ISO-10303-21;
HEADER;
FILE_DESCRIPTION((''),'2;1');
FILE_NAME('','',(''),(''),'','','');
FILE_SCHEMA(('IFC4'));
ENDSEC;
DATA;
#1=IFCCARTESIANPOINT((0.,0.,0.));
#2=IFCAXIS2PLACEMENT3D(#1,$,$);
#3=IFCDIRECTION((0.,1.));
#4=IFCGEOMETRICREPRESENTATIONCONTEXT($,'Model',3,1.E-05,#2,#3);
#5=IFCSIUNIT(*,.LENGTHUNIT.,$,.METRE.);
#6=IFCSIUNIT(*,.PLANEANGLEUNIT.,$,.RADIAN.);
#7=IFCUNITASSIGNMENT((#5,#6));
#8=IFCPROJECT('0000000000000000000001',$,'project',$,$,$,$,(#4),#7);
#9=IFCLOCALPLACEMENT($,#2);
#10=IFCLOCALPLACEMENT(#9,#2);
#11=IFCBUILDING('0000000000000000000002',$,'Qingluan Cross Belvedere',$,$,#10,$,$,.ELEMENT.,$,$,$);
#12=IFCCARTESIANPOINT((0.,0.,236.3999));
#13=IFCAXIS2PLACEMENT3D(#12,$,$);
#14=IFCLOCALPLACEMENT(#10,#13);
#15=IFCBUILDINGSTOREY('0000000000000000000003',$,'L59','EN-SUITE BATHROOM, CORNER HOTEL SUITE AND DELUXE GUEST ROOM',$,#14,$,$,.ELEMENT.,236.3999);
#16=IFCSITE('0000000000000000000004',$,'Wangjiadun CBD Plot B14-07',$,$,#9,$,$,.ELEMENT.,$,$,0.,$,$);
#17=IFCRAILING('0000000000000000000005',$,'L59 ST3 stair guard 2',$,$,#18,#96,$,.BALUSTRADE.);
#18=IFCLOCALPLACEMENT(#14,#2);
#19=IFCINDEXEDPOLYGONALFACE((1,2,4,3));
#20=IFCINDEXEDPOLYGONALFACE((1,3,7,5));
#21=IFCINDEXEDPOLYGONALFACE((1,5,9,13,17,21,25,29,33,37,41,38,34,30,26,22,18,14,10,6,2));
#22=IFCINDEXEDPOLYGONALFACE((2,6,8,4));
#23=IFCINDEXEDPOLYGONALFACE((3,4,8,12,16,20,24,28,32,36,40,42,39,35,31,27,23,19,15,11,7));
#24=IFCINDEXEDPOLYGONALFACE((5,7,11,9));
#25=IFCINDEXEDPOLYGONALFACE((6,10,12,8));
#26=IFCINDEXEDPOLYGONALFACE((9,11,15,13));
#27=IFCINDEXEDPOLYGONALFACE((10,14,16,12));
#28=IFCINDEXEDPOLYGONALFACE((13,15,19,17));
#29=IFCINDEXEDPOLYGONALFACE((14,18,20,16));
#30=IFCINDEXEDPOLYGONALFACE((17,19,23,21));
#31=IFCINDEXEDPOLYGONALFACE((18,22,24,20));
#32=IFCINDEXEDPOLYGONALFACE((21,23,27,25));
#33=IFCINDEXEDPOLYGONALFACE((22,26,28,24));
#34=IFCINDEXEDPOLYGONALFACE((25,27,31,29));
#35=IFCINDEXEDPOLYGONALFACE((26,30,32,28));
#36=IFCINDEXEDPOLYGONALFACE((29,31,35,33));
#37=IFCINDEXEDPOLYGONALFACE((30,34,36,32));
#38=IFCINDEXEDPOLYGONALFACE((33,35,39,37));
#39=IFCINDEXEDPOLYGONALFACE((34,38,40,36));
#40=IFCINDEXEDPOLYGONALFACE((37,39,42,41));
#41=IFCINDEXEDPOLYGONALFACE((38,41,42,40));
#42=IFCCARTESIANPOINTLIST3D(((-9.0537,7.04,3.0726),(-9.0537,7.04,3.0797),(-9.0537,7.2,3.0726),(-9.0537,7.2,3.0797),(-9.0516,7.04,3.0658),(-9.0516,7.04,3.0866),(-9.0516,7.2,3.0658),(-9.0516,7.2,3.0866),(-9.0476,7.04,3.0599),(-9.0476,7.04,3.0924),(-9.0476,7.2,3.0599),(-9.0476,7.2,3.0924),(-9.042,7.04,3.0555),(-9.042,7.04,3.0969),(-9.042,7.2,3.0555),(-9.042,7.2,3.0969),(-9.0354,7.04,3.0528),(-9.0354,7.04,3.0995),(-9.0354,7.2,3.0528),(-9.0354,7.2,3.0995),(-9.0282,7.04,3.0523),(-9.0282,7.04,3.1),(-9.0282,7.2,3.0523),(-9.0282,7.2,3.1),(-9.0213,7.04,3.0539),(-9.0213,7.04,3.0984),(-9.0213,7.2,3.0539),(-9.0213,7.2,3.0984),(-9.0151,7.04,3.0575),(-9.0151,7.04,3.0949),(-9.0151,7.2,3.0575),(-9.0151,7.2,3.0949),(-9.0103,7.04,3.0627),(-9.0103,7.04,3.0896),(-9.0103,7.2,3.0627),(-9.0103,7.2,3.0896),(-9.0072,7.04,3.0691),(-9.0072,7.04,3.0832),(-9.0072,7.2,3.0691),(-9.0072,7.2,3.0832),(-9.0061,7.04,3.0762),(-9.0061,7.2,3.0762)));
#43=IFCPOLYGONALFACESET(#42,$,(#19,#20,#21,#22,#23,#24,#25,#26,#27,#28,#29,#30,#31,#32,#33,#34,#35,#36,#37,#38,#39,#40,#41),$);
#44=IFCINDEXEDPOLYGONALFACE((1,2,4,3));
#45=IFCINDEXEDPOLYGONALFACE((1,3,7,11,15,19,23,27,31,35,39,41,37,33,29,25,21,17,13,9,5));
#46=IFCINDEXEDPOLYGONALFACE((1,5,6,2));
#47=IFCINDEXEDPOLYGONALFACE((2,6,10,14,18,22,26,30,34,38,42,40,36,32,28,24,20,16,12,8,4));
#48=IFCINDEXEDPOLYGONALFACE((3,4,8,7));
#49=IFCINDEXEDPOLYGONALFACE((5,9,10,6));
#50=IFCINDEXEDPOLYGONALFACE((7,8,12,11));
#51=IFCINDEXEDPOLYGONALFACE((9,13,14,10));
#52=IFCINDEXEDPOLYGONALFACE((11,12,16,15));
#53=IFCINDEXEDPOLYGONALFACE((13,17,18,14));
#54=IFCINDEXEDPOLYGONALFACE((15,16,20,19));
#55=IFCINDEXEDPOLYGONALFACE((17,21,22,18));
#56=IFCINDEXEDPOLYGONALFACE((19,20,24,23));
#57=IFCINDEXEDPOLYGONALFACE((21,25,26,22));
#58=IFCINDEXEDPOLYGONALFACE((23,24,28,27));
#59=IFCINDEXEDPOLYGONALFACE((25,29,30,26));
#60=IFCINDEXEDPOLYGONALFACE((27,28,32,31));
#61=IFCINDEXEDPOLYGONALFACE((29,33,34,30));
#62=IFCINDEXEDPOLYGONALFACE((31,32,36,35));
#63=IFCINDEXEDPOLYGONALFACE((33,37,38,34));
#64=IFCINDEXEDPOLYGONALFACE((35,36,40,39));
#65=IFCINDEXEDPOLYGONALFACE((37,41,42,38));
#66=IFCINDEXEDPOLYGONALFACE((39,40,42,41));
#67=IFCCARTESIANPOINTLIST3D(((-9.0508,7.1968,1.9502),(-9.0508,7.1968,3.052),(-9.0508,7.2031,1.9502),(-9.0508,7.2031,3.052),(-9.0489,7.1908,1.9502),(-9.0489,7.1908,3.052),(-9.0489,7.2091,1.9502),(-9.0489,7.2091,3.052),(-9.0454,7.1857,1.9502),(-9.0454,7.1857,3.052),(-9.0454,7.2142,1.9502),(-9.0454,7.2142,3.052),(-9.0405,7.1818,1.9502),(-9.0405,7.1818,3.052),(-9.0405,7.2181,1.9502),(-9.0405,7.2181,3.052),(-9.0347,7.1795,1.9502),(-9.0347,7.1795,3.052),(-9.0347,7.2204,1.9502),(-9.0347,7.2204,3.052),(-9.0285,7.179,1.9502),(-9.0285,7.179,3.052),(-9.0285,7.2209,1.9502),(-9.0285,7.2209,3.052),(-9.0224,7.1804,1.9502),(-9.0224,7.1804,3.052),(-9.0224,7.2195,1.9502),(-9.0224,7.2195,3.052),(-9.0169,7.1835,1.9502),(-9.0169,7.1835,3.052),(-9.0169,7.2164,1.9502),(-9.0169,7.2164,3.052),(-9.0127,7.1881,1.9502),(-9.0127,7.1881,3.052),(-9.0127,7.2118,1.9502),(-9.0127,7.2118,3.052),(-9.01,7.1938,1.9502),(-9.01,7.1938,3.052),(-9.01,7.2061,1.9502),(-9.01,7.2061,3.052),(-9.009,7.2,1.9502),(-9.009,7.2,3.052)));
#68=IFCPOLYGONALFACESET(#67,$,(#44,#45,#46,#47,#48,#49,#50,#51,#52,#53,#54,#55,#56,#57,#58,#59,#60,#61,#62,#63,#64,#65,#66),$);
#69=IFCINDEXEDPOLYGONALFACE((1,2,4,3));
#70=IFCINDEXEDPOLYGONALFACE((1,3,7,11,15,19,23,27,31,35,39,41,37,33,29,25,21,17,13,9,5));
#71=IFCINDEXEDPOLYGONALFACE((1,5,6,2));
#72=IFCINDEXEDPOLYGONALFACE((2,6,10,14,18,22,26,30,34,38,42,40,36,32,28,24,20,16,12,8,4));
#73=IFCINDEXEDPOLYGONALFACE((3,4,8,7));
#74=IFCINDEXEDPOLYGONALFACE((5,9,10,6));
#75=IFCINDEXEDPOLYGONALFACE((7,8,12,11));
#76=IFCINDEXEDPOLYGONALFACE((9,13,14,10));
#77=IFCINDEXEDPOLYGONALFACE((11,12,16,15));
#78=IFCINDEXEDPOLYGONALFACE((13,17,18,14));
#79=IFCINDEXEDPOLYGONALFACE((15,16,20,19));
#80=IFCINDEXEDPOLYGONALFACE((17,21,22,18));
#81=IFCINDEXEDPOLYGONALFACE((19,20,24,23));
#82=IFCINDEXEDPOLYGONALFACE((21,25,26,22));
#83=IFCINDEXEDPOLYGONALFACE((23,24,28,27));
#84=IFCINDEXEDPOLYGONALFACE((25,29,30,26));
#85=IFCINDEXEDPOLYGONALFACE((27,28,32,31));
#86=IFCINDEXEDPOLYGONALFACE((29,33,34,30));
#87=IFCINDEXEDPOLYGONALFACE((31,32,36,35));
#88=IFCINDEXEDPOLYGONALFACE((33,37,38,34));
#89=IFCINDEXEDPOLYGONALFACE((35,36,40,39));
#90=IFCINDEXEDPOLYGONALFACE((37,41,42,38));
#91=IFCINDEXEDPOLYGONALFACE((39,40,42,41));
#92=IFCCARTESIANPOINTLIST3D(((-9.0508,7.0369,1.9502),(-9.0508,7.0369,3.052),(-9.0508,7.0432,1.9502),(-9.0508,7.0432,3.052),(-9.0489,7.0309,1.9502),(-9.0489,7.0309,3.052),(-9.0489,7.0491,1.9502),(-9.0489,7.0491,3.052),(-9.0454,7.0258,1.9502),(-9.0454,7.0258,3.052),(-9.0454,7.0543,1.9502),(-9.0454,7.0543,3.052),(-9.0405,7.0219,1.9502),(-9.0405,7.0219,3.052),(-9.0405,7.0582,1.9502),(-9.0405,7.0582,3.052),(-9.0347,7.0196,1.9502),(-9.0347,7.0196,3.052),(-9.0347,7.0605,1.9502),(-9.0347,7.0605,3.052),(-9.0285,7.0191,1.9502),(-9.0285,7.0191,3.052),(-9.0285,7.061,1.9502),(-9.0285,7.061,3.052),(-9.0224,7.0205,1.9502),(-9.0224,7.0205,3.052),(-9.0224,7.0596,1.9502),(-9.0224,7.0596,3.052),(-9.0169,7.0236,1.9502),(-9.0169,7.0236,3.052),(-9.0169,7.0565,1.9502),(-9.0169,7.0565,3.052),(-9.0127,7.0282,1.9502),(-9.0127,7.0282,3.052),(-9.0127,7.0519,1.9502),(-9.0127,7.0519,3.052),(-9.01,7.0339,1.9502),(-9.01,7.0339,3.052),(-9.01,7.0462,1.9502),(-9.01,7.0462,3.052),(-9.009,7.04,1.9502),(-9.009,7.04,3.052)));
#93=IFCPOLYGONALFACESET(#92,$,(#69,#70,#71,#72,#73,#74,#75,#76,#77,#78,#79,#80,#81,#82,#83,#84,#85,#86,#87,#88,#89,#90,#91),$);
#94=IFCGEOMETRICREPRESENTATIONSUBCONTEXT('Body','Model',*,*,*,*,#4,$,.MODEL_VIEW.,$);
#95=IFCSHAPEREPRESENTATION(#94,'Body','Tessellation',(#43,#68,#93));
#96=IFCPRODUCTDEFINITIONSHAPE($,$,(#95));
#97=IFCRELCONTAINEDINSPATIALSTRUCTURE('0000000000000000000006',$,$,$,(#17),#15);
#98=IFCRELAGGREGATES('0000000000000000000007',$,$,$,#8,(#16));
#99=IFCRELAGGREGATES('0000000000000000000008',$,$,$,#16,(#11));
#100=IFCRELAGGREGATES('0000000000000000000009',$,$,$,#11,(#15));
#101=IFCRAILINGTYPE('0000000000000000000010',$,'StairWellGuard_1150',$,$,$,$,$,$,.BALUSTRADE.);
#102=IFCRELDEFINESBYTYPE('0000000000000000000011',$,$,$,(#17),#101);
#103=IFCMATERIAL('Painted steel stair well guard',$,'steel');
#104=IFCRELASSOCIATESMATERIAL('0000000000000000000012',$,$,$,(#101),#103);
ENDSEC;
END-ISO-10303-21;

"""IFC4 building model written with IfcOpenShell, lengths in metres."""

from ifc_helpers import new_model, si_unit, direction, frame, origin, origin_2d, place, context, subcontext, project, spatial, circle, extrude, material, type_object, element, save


model = new_model("IFC4")

# Units and contexts
model_context = context("Model", 3, precision=1e-05, world=origin(), true_north=direction((0.0, 1.0)))
body_context = subcontext(model_context, "Body", "Model", "MODEL_VIEW")
ifc_project = project(units=[si_unit("LENGTHUNIT", "METRE"), si_unit("PLANEANGLEUNIT", "RADIAN")], contexts=[model_context])

# Site, building, storey
site_placement = place(None, origin())
site = spatial("IfcSite", under=ifc_project, at=site_placement, Name="Wangjiadun CBD Plot B14-07", CompositionType="ELEMENT", RefElevation=0.0)
building_placement = place(site_placement, origin())
building = spatial("IfcBuilding", under=site, at=building_placement, Name="Qingluan Cross Belvedere", CompositionType="ELEMENT")
storey_placement = place(building_placement, frame((0.0, 0.0, 236.3999)))
storey = spatial("IfcBuildingStorey", under=building, at=storey_placement, Name="L59", Description="EN-SUITE BATHROOM, CORNER HOTEL SUITE AND DELUXE GUEST ROOM", CompositionType="ELEMENT", Elevation=236.3999)

# Railing
ifc_material_1 = material(Name="Painted steel stair well guard", Category="steel")
railing_type_1 = type_object("IfcRailingType", Name="StairWellGuard_1150", PredefinedType="BALUSTRADE", material=ifc_material_1)
railing_1_placement = place(storey_placement, frame((-9.03, 7.2, 1.9502)))
element("IfcRailing", 1, at=railing_1_placement, inside=storey, type_object=railing_type_1, Name="L59 ST3 stair guard 2", PredefinedType="BALUSTRADE", context=body_context, shape_type="SweptSolid", body=[
    extrude(circle(Radius=0.0239, at=origin_2d()), frame((0.0, 0.0, 1.126), z_axis=(0.0, -1.0, 0.0), x_axis=(1.0, 0.0, 0.0)), (0.0, 0.0, 1.0), 0.1599),
    extrude(circle(Radius=0.021, at=origin_2d()), origin(), (0.0, 0.0, 1.0), 1.1018),
    extrude(circle(Radius=0.021, at=origin_2d()), frame((0.0, -0.1599, 0.0)), (0.0, 0.0, 1.0), 1.1018),
])

save(model, "model.ifc")
